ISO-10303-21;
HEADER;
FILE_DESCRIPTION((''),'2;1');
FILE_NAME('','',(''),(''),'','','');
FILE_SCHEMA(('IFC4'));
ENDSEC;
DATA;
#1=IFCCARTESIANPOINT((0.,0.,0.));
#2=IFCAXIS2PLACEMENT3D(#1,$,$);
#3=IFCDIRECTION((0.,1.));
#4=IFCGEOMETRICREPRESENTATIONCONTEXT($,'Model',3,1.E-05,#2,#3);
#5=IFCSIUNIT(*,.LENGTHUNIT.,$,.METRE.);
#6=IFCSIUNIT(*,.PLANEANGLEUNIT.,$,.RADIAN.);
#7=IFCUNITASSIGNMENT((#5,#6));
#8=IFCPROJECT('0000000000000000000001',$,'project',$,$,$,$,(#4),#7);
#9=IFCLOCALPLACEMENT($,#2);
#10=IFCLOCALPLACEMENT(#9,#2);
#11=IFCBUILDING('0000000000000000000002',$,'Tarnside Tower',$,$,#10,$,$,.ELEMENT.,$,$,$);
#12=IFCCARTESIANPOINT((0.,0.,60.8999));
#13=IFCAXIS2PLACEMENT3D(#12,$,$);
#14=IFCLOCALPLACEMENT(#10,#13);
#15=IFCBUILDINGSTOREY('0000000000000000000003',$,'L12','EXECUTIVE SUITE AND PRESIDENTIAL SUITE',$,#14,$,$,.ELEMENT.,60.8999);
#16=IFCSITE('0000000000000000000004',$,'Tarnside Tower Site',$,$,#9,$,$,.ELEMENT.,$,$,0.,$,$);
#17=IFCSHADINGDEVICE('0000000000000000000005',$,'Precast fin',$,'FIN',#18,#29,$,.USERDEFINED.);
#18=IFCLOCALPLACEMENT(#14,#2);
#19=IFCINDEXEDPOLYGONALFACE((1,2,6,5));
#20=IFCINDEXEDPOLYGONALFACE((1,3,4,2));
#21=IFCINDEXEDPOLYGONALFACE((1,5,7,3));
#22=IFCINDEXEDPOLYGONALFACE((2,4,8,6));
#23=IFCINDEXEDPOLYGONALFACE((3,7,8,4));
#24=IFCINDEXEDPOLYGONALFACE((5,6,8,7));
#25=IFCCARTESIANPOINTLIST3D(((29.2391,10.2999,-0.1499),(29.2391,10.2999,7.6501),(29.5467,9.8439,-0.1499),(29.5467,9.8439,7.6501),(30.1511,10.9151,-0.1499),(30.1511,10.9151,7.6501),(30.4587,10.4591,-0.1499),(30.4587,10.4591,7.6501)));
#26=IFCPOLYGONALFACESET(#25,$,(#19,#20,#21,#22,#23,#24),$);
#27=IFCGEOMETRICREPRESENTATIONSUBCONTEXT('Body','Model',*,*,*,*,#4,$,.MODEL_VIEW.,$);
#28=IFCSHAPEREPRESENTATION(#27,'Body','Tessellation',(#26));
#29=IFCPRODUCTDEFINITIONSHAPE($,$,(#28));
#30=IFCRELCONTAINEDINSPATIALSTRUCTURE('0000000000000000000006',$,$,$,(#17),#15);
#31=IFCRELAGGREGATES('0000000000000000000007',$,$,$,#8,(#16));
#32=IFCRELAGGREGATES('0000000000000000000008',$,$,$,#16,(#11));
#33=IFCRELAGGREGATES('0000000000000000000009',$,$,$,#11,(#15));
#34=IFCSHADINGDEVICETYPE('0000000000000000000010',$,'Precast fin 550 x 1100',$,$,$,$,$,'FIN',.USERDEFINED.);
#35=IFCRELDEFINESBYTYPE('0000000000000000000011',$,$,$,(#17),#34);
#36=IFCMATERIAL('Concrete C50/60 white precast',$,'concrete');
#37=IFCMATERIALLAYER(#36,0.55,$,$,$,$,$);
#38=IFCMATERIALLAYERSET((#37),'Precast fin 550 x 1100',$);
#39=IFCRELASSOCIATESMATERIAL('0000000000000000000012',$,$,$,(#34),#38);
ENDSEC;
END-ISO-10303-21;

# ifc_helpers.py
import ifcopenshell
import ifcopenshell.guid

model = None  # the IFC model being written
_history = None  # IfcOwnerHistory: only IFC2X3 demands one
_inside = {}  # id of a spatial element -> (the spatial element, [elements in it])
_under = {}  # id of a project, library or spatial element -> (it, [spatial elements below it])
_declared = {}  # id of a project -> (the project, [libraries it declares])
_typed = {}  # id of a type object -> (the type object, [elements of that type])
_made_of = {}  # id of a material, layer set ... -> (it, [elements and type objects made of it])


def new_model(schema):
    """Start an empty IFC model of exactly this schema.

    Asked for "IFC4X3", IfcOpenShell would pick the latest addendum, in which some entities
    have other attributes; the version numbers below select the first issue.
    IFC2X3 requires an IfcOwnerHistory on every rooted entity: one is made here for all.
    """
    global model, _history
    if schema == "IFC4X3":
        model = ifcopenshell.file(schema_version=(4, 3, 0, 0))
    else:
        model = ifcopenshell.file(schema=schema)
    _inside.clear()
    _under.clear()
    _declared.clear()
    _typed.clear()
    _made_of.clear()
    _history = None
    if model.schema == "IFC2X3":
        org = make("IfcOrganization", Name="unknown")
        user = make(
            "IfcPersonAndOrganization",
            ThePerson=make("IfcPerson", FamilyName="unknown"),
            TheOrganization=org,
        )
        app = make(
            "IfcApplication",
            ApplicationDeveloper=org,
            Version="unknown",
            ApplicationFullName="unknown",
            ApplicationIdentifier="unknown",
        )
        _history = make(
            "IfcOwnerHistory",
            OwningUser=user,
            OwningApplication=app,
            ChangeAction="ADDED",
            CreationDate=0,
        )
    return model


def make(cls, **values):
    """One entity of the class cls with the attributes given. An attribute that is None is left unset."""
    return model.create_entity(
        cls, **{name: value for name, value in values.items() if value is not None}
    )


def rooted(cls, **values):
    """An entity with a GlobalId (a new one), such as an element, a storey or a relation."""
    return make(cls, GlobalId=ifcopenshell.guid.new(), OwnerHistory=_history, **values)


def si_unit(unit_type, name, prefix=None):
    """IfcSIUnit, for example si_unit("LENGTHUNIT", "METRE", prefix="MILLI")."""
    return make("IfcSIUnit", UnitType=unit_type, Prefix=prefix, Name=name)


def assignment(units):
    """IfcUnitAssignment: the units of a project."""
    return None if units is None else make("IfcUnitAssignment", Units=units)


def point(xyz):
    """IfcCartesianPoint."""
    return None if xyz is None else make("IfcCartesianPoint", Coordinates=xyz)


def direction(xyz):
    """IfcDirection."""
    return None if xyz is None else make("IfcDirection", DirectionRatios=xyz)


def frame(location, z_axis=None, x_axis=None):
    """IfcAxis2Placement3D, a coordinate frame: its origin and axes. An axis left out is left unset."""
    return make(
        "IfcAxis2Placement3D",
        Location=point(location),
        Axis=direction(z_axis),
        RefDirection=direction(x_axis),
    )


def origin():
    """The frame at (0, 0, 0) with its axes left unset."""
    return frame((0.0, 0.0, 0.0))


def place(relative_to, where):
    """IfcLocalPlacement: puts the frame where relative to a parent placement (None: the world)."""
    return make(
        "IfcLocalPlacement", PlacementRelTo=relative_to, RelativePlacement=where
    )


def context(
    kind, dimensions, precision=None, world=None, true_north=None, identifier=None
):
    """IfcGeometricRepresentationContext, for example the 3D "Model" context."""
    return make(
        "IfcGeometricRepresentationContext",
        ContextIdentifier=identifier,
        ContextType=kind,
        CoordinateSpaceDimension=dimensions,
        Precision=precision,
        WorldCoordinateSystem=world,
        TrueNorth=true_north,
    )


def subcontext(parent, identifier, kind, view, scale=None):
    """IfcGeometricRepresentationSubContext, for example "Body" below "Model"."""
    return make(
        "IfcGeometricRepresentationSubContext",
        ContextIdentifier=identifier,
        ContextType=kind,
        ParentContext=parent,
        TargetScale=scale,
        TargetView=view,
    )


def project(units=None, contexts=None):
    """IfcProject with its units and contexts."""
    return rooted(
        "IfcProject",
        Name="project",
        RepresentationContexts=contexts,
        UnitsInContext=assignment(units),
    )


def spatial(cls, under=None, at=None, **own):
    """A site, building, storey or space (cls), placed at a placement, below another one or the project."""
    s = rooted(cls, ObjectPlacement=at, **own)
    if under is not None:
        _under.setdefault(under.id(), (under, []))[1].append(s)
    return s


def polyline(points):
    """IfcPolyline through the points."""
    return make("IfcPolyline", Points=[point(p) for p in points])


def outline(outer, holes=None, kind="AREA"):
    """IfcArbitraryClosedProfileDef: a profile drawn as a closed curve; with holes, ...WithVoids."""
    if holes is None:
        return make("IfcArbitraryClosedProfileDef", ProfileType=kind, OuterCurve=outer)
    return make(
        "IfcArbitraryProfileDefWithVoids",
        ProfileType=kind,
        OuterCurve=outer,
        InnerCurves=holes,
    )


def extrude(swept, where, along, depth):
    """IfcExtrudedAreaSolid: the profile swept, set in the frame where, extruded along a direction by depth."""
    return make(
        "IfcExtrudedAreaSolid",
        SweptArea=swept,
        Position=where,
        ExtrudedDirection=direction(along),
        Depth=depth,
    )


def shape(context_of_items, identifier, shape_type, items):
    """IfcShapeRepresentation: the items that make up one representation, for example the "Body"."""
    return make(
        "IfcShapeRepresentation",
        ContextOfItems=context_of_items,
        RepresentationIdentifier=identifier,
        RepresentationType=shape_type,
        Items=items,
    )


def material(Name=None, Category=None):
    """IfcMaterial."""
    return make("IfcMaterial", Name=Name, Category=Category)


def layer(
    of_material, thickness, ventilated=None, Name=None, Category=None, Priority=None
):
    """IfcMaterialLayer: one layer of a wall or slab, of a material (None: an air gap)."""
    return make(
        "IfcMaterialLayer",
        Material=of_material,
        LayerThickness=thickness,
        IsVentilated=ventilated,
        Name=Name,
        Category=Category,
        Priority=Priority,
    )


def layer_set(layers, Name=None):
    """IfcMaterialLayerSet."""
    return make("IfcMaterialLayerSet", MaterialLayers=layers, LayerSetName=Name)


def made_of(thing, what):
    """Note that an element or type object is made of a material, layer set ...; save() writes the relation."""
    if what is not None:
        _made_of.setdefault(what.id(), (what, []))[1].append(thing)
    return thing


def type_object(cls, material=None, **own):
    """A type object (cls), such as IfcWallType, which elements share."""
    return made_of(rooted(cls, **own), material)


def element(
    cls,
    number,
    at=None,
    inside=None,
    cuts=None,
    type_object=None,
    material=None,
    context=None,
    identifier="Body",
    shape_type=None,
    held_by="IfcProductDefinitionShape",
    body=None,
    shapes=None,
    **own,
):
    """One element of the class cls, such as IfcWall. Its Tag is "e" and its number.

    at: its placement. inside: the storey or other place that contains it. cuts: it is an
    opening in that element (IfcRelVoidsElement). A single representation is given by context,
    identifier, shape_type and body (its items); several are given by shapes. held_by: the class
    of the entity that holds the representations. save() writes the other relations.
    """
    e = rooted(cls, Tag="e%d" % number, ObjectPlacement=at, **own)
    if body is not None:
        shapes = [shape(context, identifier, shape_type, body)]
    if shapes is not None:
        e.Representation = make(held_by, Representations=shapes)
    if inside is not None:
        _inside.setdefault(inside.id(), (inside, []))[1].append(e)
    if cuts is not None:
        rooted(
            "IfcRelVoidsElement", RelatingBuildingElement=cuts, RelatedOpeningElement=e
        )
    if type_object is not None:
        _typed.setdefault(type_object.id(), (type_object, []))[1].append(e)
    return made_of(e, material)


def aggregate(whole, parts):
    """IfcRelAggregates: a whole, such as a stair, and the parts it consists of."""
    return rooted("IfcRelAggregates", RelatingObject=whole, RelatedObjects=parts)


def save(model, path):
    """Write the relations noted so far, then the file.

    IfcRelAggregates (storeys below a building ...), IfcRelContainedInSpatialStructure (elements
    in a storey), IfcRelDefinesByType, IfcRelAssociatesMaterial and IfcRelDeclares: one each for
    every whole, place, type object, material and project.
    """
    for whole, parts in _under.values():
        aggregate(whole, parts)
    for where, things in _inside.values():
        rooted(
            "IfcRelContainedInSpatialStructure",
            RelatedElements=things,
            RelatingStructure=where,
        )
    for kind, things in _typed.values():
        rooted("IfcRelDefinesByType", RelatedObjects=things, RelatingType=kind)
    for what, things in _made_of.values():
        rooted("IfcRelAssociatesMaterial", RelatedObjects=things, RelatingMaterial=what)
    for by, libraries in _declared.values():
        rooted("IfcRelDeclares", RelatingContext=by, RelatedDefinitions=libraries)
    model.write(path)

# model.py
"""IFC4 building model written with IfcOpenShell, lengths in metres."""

from ifc_helpers import new_model, si_unit, direction, frame, origin, place, context, subcontext, project, spatial, polyline, outline, extrude, material, layer, layer_set, type_object, element, save


model = new_model("IFC4")

# Units and contexts
model_context = context("Model", 3, precision=1e-05, world=origin(), true_north=direction((0.0, 1.0)))
body_context = subcontext(model_context, "Body", "Model", "MODEL_VIEW")
ifc_project = project(units=[si_unit("LENGTHUNIT", "METRE"), si_unit("PLANEANGLEUNIT", "RADIAN")], contexts=[model_context])

# Site, building, storey
site_placement = place(None, origin())
site = spatial("IfcSite", under=ifc_project, at=site_placement, Name="Tarnside Tower Site", CompositionType="ELEMENT", RefElevation=0.0)
building_placement = place(site_placement, origin())
building = spatial("IfcBuilding", under=site, at=building_placement, Name="Tarnside Tower", CompositionType="ELEMENT")
storey_placement = place(building_placement, frame((0.0, 0.0, 60.8999)))
storey = spatial("IfcBuildingStorey", under=building, at=storey_placement, Name="L12", Description="EXECUTIVE SUITE AND PRESIDENTIAL SUITE", CompositionType="ELEMENT", Elevation=60.8999)

# Shading device
ifc_material_1 = material(Name="Concrete C50/60 white precast", Category="concrete")
ifc_layer_1 = layer(ifc_material_1, 0.55)
ifc_layer_set_1 = layer_set([ifc_layer_1], Name="Precast fin 550 x 1100")
shading_device_type = type_object("IfcShadingDeviceType", Name="Precast fin 550 x 1100", ElementType="FIN", PredefinedType="USERDEFINED", material=ifc_layer_set_1)
shading_device_placement = place(storey_placement, frame((29.3928, 10.072, -0.1499), z_axis=(0.559193, -0.829038, 0.0), x_axis=(0.829038, 0.559193, 0.0)))
element("IfcShadingDevice", 1, at=shading_device_placement, inside=storey, type_object=shading_device_type, Name="Precast fin", ObjectType="FIN", PredefinedType="USERDEFINED", context=body_context, shape_type="SweptSolid", body=[
    extrude(outline(polyline([(0.0, 0.0), (1.1001, 0.0), (1.1001, 7.8), (0.0, 7.8), (0.0, 0.0)])), frame((0.0, 0.0, -0.2749)), (0.0, 0.0, 1.0), 0.55),
])

save(model, "model.ifc")
